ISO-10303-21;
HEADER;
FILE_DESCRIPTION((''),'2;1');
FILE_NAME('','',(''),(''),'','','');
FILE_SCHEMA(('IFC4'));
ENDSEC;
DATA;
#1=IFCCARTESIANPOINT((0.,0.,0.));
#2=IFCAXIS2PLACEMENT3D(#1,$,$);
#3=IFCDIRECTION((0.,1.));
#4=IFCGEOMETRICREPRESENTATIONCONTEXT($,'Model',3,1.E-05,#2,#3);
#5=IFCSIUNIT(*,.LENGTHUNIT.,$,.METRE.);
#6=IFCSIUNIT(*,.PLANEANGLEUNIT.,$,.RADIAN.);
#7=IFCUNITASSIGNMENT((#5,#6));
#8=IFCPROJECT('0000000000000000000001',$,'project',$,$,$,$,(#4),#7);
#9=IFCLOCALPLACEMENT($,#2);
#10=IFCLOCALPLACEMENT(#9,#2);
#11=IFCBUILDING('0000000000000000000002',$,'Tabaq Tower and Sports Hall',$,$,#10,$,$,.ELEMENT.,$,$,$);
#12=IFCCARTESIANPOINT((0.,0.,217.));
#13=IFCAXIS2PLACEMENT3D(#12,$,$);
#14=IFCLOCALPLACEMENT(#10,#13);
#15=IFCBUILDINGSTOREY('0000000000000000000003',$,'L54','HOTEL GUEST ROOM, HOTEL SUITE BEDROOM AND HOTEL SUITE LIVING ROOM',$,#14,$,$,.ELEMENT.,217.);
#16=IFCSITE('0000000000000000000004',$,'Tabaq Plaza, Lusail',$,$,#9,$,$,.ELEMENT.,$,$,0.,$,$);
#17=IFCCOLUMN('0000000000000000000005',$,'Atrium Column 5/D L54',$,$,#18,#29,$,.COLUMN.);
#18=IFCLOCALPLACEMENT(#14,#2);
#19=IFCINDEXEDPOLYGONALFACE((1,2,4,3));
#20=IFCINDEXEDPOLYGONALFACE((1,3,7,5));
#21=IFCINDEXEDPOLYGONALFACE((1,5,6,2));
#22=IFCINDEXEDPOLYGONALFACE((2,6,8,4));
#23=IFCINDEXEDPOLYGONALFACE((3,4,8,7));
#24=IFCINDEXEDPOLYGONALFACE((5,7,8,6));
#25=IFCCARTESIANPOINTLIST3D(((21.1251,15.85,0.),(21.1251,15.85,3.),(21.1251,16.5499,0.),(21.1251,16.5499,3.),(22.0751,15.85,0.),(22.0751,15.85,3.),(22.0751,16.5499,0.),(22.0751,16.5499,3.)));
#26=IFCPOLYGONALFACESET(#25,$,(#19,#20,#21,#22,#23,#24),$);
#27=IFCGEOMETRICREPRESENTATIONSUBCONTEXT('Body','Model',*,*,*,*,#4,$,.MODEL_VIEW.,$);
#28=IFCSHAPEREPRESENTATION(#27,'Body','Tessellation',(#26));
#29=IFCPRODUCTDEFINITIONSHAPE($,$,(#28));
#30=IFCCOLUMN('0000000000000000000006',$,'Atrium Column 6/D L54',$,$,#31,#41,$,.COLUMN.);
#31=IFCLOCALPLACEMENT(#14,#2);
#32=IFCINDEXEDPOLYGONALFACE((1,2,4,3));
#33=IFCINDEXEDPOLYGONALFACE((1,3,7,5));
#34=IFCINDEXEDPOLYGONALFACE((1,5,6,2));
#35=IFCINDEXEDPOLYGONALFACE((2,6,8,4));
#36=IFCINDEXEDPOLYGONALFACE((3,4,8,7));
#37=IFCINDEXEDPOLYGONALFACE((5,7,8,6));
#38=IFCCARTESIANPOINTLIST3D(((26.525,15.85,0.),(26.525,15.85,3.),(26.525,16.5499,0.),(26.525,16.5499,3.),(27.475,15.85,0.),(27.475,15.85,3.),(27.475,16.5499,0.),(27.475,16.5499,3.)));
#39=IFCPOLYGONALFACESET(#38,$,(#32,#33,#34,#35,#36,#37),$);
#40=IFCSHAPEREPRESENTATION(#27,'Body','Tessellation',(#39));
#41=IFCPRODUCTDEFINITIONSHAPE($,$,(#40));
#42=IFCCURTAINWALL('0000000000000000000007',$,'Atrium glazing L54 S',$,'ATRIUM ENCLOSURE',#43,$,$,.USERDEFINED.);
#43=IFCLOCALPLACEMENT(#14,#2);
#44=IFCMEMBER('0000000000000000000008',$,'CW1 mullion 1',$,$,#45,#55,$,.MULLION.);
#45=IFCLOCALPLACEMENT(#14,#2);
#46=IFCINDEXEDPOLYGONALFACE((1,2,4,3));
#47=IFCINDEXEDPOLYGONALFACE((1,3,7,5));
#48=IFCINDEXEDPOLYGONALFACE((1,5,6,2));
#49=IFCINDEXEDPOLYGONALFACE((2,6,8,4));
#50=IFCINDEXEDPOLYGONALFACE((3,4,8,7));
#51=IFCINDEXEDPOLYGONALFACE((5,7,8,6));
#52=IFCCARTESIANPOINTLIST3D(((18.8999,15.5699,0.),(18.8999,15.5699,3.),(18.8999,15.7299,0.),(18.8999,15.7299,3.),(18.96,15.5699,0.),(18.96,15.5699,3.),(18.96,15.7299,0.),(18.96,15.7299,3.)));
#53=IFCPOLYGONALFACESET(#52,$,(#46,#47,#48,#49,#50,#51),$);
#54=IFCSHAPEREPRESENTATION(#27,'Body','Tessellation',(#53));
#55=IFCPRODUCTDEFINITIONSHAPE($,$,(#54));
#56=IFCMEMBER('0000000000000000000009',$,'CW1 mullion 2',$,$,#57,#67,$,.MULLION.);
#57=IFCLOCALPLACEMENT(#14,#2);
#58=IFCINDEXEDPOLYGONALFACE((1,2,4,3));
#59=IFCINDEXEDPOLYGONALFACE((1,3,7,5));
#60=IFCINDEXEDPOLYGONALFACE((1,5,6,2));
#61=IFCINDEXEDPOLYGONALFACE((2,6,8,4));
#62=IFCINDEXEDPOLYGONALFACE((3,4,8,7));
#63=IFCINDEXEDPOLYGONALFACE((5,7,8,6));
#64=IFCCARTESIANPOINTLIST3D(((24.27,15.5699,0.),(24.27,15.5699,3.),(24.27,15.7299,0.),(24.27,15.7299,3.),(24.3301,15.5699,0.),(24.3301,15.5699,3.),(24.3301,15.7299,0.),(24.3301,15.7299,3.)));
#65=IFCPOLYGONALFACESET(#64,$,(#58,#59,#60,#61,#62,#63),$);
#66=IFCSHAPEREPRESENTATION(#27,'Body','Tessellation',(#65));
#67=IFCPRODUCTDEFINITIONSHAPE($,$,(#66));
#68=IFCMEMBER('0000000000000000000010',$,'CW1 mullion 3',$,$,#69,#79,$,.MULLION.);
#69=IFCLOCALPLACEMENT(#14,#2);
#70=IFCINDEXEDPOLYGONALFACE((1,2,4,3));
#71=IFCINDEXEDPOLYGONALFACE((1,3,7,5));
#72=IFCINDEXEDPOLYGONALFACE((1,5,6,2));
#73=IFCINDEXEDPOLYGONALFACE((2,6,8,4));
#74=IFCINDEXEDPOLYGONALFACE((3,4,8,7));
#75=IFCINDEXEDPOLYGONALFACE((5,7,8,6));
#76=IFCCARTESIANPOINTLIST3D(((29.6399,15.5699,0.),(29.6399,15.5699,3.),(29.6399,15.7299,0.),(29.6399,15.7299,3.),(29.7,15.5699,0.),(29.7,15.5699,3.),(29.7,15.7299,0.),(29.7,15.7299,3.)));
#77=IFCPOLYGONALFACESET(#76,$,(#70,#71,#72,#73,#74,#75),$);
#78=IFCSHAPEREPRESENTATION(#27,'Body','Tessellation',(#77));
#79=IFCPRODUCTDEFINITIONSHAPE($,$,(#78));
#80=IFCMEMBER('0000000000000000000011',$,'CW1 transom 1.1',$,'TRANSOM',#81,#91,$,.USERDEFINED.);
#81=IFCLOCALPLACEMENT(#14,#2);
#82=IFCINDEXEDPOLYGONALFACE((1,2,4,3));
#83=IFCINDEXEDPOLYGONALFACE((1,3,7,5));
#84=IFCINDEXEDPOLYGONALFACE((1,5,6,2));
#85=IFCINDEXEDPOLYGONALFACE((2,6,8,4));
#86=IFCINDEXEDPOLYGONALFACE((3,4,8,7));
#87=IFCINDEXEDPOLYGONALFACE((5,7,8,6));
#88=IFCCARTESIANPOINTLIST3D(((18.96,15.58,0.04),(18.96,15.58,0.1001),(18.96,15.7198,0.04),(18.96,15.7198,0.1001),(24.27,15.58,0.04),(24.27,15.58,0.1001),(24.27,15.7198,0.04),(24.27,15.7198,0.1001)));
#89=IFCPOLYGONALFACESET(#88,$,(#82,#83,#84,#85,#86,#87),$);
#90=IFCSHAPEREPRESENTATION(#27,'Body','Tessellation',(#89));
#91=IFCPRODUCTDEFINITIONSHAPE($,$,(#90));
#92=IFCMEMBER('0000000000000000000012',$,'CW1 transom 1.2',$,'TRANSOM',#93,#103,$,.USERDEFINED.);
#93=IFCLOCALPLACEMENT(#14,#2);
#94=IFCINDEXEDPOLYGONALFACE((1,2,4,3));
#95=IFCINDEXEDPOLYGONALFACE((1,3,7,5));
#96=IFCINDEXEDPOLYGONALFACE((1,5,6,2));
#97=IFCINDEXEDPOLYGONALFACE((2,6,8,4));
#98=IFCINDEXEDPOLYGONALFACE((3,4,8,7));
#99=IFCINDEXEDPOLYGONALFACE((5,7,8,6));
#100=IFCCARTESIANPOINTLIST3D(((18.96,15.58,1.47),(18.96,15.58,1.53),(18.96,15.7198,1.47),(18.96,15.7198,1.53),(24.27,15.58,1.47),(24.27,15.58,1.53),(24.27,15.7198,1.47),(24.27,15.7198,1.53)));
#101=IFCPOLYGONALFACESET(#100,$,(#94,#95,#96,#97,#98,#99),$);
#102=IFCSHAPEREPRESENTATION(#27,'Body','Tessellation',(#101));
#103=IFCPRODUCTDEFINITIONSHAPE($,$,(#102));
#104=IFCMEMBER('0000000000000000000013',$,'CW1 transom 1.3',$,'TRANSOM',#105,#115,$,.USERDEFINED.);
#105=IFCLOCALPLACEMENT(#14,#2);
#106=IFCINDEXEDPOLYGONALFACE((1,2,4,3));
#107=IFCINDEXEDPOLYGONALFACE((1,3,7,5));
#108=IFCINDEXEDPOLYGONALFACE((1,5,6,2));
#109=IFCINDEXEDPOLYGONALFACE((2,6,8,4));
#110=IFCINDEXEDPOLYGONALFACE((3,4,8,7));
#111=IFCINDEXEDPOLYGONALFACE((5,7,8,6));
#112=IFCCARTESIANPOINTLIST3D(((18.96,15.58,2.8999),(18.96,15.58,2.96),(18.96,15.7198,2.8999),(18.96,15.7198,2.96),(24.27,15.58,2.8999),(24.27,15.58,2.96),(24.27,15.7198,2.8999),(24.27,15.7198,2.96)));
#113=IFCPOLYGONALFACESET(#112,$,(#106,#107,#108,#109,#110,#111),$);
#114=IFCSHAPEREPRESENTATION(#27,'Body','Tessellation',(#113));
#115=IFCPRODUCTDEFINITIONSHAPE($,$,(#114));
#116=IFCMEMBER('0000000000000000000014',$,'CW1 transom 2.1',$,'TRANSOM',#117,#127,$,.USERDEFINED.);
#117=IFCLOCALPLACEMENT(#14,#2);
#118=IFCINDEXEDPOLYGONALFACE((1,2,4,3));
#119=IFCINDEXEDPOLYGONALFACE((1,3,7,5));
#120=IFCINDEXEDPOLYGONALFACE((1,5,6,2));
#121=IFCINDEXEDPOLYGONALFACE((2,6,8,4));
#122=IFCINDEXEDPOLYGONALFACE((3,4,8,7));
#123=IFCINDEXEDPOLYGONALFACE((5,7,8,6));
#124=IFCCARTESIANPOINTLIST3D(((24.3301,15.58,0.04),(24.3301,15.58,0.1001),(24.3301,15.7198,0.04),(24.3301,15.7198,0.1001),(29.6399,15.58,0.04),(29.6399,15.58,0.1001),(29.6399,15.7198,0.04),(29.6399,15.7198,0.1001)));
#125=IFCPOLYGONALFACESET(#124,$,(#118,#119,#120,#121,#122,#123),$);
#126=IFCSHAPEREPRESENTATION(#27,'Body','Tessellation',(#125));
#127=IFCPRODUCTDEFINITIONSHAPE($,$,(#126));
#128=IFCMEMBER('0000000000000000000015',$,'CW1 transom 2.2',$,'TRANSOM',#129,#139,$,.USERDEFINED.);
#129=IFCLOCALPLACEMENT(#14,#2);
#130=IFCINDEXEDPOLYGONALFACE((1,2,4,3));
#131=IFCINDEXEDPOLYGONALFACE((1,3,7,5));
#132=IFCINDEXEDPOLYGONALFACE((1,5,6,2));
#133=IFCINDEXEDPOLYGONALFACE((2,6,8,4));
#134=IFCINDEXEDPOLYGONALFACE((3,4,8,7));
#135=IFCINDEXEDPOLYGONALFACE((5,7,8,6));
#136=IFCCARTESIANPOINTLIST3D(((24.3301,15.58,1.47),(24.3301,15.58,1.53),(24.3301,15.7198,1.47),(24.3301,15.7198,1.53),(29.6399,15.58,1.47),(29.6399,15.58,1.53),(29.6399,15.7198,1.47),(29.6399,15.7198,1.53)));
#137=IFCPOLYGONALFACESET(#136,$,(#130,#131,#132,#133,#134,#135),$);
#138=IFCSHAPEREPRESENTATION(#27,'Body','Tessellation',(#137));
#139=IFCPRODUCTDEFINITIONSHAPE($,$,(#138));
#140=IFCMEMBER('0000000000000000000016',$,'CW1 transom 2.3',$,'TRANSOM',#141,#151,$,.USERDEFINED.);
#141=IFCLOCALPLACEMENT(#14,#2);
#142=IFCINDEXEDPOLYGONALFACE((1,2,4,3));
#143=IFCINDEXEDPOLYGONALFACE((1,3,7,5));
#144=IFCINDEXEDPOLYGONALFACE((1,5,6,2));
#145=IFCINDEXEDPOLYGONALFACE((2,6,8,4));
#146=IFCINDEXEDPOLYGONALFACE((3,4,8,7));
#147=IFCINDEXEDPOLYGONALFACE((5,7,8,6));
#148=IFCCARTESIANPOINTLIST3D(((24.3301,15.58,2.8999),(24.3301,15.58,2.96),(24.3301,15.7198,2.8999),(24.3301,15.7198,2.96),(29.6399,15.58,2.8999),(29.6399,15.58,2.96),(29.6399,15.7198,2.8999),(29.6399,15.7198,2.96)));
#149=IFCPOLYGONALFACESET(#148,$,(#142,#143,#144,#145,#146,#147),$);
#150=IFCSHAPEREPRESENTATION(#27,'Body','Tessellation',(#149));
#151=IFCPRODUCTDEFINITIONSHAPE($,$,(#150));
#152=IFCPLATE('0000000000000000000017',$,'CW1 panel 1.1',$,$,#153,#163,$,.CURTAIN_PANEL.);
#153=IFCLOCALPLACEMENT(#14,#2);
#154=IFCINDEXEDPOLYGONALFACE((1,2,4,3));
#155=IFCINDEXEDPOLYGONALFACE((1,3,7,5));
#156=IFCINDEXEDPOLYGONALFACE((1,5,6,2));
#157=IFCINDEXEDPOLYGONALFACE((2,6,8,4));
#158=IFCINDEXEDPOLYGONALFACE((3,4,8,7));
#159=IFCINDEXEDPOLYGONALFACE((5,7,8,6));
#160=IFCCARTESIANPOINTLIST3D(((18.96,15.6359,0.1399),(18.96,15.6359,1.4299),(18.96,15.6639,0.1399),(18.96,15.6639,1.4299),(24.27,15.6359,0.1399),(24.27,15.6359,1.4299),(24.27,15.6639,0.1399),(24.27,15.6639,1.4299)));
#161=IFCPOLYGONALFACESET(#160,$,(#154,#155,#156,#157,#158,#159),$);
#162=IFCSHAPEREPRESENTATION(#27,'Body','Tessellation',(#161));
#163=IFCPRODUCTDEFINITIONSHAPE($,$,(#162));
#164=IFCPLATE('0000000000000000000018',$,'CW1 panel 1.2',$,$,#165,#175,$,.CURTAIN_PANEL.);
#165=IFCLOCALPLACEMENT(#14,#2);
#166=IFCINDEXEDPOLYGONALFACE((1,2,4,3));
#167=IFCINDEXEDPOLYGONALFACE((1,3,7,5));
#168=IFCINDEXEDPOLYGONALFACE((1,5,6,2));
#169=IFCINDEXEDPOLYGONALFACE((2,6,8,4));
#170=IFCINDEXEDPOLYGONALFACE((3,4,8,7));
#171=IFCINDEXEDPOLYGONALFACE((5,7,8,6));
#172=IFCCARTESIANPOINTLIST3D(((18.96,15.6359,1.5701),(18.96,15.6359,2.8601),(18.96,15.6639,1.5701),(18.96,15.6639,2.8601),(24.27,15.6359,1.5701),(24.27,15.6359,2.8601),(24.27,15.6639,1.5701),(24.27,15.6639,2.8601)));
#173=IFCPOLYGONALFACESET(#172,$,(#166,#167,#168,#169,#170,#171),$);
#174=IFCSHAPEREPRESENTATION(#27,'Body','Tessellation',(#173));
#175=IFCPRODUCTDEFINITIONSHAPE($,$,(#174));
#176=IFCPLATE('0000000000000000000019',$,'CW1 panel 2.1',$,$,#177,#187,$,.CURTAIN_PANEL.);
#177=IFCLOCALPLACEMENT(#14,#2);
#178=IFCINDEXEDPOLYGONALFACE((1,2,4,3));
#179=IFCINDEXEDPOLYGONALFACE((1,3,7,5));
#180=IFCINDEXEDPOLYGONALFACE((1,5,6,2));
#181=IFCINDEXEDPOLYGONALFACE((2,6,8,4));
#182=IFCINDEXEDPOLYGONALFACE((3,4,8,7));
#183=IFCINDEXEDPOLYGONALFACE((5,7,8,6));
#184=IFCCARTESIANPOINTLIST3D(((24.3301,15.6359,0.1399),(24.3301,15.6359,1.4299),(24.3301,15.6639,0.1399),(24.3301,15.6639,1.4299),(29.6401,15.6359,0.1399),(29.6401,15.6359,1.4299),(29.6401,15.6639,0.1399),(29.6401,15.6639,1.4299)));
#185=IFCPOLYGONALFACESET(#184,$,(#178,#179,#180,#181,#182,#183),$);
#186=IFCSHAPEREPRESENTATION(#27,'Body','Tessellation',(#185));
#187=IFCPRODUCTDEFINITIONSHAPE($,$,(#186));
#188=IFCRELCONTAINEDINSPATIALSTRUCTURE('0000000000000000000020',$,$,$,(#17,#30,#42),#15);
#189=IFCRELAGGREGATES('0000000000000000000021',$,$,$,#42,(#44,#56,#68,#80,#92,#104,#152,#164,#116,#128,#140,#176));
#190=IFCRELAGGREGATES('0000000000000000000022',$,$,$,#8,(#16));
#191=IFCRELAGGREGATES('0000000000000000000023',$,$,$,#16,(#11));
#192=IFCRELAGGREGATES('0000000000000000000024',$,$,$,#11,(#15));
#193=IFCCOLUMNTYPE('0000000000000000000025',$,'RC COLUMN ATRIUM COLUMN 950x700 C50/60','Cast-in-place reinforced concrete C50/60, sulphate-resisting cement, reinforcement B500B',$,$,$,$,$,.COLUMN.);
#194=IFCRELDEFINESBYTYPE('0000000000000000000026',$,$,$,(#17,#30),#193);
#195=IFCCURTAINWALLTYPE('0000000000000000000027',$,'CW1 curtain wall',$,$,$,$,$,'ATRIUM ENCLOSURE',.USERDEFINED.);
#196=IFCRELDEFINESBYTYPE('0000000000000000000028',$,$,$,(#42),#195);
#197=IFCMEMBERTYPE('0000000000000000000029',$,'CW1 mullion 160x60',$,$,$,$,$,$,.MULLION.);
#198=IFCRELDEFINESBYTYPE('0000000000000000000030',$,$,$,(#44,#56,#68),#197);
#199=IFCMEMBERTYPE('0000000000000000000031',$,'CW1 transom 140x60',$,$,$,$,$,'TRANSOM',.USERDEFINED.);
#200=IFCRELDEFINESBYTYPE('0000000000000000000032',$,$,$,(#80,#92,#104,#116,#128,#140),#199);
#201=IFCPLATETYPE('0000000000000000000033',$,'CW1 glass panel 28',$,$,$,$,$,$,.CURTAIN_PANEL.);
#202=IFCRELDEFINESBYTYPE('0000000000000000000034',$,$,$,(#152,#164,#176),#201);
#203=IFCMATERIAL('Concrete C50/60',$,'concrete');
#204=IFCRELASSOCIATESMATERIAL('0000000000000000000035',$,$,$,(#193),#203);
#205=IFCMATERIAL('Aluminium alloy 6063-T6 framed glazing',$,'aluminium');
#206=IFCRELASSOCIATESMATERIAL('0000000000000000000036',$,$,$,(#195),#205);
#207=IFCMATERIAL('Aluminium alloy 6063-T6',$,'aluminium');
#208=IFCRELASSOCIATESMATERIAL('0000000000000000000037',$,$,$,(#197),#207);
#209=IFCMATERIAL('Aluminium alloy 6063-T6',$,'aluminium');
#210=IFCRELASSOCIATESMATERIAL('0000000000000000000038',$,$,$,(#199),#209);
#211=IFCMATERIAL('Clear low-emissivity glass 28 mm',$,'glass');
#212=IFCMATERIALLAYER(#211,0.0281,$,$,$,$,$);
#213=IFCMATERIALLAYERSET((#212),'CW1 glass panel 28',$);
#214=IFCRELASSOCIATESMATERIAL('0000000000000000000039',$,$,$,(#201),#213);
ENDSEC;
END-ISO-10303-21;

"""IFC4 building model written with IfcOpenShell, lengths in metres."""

from ifc_helpers import new_model, si_unit, direction, frame, origin, origin_2d, place, context, subcontext, project, spatial, rectangle, extrude, material, layer, layer_set, material_profile, profile_set, type_object, element, aggregate, save


model = new_model("IFC4")

# Units and contexts
model_context = context("Model", 3, precision=1e-05, world=origin(), true_north=direction((0.0, 1.0)))
body_context = subcontext(model_context, "Body", "Model", "MODEL_VIEW")
ifc_project = project(units=[si_unit("LENGTHUNIT", "METRE"), si_unit("PLANEANGLEUNIT", "RADIAN")], contexts=[model_context])

# Site, building, storey
site_placement = place(None, origin())
site = spatial("IfcSite", under=ifc_project, at=site_placement, Name="Tabaq Plaza, Lusail", CompositionType="ELEMENT", RefElevation=0.0)
building_placement = place(site_placement, origin())
building = spatial("IfcBuilding", under=site, at=building_placement, Name="Tabaq Tower and Sports Hall", CompositionType="ELEMENT")
storey_placement = place(building_placement, frame((0.0, 0.0, 217.0)))
storey = spatial("IfcBuildingStorey", under=building, at=storey_placement, Name="L54", Description="HOTEL GUEST ROOM, HOTEL SUITE BEDROOM AND HOTEL SUITE LIVING ROOM", CompositionType="ELEMENT", Elevation=217.0)

# Columns
ifc_material_1 = material(Name="Concrete C50/60", Category="concrete")
ifc_material_profile_1 = material_profile(ifc_material_1, rectangle(XDim=0.95, YDim=0.7, at=origin_2d()), Name="ATRIUM COLUMN 950x700")
ifc_profile_set_1 = profile_set([ifc_material_profile_1], Name="Concrete C50/60")
column_type = type_object("IfcColumnType", Name="RC COLUMN ATRIUM COLUMN 950x700 C50/60", Description="Cast-in-place reinforced concrete C50/60, sulphate-resisting cement, reinforcement B500B", PredefinedType="COLUMN", material=ifc_profile_set_1)
for number, where, z_axis, x_axis, name in (
    (1, (21.6001, 16.2, 0.0), (0.0, 0.0, 1.0), (1.0, 0.0, 0.0), "Atrium Column 5/D L54"),
    (2, (27.0, 16.2, 0.0), (0.0, 0.0, 1.0), (1.0, 0.0, 0.0), "Atrium Column 6/D L54"),
):
    element("IfcColumn", number, at=place(storey_placement, frame(where, z_axis=z_axis, x_axis=x_axis)), inside=storey, type_object=column_type, Name=name, PredefinedType="COLUMN", context=body_context, shape_type="SweptSolid", body=[
        extrude(rectangle(XDim=0.95, YDim=0.7, at=origin_2d()), origin(), (0.0, 0.0, 1.0), 3.0),
    ])

# Curtain wall, members, plates
ifc_material_2 = material(Name="Aluminium alloy 6063-T6 framed glazing", Category="aluminium")
curtain_wall_type = type_object("IfcCurtainWallType", Name="CW1 curtain wall", ElementType="ATRIUM ENCLOSURE", PredefinedType="USERDEFINED", material=ifc_material_2)
curtain_wall_placement = place(storey_placement, origin())
curtain_wall = element("IfcCurtainWall", 3, at=curtain_wall_placement, inside=storey, type_object=curtain_wall_type, Name="Atrium glazing L54 S", ObjectType="ATRIUM ENCLOSURE", PredefinedType="USERDEFINED")
ifc_material_3 = material(Name="Aluminium alloy 6063-T6", Category="aluminium")
ifc_material_profile_2 = material_profile(ifc_material_3, rectangle(XDim=0.1599, YDim=0.0601, at=origin_2d()), Name="MULLION 160x60")
ifc_profile_set_2 = profile_set([ifc_material_profile_2], Name="Aluminium alloy 6063-T6")
member_type_1 = type_object("IfcMemberType", Name="CW1 mullion 160x60", PredefinedType="MULLION", material=ifc_profile_set_2)
member_1_placement = place(storey_placement, frame((18.9299, 15.6499, 0.0), z_axis=(0.0, 0.0, 1.0), x_axis=(0.0, 1.0, 0.0)))
member_1 = element("IfcMember", 4, at=member_1_placement, type_object=member_type_1, Name="CW1 mullion 1", PredefinedType="MULLION", context=body_context, shape_type="SweptSolid", body=[
    extrude(rectangle(XDim=0.1599, YDim=0.0601, at=origin_2d()), origin(), (0.0, 0.0, 1.0), 3.0),
])
member_2_placement = place(storey_placement, frame((24.3, 15.6499, 0.0), z_axis=(0.0, 0.0, 1.0), x_axis=(0.0, 1.0, 0.0)))
member_2 = element("IfcMember", 5, at=member_2_placement, type_object=member_type_1, Name="CW1 mullion 2", PredefinedType="MULLION", context=body_context, shape_type="SweptSolid", body=[
    extrude(rectangle(XDim=0.1599, YDim=0.0601, at=origin_2d()), origin(), (0.0, 0.0, 1.0), 3.0),
])
member_3_placement = place(storey_placement, frame((29.6699, 15.6499, 0.0), z_axis=(0.0, 0.0, 1.0), x_axis=(0.0, 1.0, 0.0)))
member_3 = element("IfcMember", 6, at=member_3_placement, type_object=member_type_1, Name="CW1 mullion 3", PredefinedType="MULLION", context=body_context, shape_type="SweptSolid", body=[
    extrude(rectangle(XDim=0.1599, YDim=0.0601, at=origin_2d()), origin(), (0.0, 0.0, 1.0), 3.0),
])
ifc_material_4 = material(Name="Aluminium alloy 6063-T6", Category="aluminium")
ifc_material_profile_3 = material_profile(ifc_material_4, rectangle(XDim=0.1399, YDim=0.0601, at=origin_2d()), Name="TRANSOM 140x60")
ifc_profile_set_3 = profile_set([ifc_material_profile_3], Name="Aluminium alloy 6063-T6")
member_type_2 = type_object("IfcMemberType", Name="CW1 transom 140x60", ElementType="TRANSOM", PredefinedType="USERDEFINED", material=ifc_profile_set_3)
member_4_placement = place(storey_placement, frame((18.96, 15.6499, 0.0701), z_axis=(1.0, 0.0, 0.0), x_axis=(0.0, 1.0, 0.0)))
member_4 = element("IfcMember", 7, at=member_4_placement, type_object=member_type_2, Name="CW1 transom 1.1", ObjectType="TRANSOM", PredefinedType="USERDEFINED", context=body_context, shape_type="SweptSolid", body=[
    extrude(rectangle(XDim=0.1399, YDim=0.0601, at=origin_2d()), origin(), (0.0, 0.0, 1.0), 5.3101),
])
member_5_placement = place(storey_placement, frame((18.96, 15.6499, 1.5), z_axis=(1.0, 0.0, 0.0), x_axis=(0.0, 1.0, 0.0)))
member_5 = element("IfcMember", 8, at=member_5_placement, type_object=member_type_2, Name="CW1 transom 1.2", ObjectType="TRANSOM", PredefinedType="USERDEFINED", context=body_context, shape_type="SweptSolid", body=[
    extrude(rectangle(XDim=0.1399, YDim=0.0601, at=origin_2d()), origin(), (0.0, 0.0, 1.0), 5.3101),
])
member_6_placement = place(storey_placement, frame((18.96, 15.6499, 2.9299), z_axis=(1.0, 0.0, 0.0), x_axis=(0.0, 1.0, 0.0)))
member_6 = element("IfcMember", 9, at=member_6_placement, type_object=member_type_2, Name="CW1 transom 1.3", ObjectType="TRANSOM", PredefinedType="USERDEFINED", context=body_context, shape_type="SweptSolid", body=[
    extrude(rectangle(XDim=0.1399, YDim=0.0601, at=origin_2d()), origin(), (0.0, 0.0, 1.0), 5.3101),
])
member_7_placement = place(storey_placement, frame((24.3301, 15.6499, 0.0701), z_axis=(1.0, 0.0, 0.0), x_axis=(0.0, 1.0, 0.0)))
member_7 = element("IfcMember", 10, at=member_7_placement, type_object=member_type_2, Name="CW1 transom 2.1", ObjectType="TRANSOM", PredefinedType="USERDEFINED", context=body_context, shape_type="SweptSolid", body=[
    extrude(rectangle(XDim=0.1399, YDim=0.0601, at=origin_2d()), origin(), (0.0, 0.0, 1.0), 5.3098),
])
member_8_placement = place(storey_placement, frame((24.3301, 15.6499, 1.5), z_axis=(1.0, 0.0, 0.0), x_axis=(0.0, 1.0, 0.0)))
member_8 = element("IfcMember", 11, at=member_8_placement, type_object=member_type_2, Name="CW1 transom 2.2", ObjectType="TRANSOM", PredefinedType="USERDEFINED", context=body_context, shape_type="SweptSolid", body=[
    extrude(rectangle(XDim=0.1399, YDim=0.0601, at=origin_2d()), origin(), (0.0, 0.0, 1.0), 5.3098),
])
member_9_placement = place(storey_placement, frame((24.3301, 15.6499, 2.9299), z_axis=(1.0, 0.0, 0.0), x_axis=(0.0, 1.0, 0.0)))
member_9 = element("IfcMember", 12, at=member_9_placement, type_object=member_type_2, Name="CW1 transom 2.3", ObjectType="TRANSOM", PredefinedType="USERDEFINED", context=body_context, shape_type="SweptSolid", body=[
    extrude(rectangle(XDim=0.1399, YDim=0.0601, at=origin_2d()), origin(), (0.0, 0.0, 1.0), 5.3098),
])
ifc_material_5 = material(Name="Clear low-emissivity glass 28 mm", Category="glass")
ifc_layer_1 = layer(ifc_material_5, 0.0281)
ifc_layer_set_1 = layer_set([ifc_layer_1], Name="CW1 glass panel 28")
plate_type = type_object("IfcPlateType", Name="CW1 glass panel 28", PredefinedType="CURTAIN_PANEL", material=ifc_layer_set_1)
plate_1_placement = place(storey_placement, frame((21.615, 15.6499, 0.1399), z_axis=(0.0, 0.0, 1.0), x_axis=(1.0, 0.0, 0.0)))
plate_1 = element("IfcPlate", 13, at=plate_1_placement, type_object=plate_type, Name="CW1 panel 1.1", PredefinedType="CURTAIN_PANEL", context=body_context, shape_type="SweptSolid", body=[
    extrude(rectangle(XDim=5.3101, YDim=0.0281, at=origin_2d()), origin(), (0.0, 0.0, 1.0), 1.29),
])
plate_2_placement = place(storey_placement, frame((21.615, 15.6499, 1.5701), z_axis=(0.0, 0.0, 1.0), x_axis=(1.0, 0.0, 0.0)))
plate_2 = element("IfcPlate", 14, at=plate_2_placement, type_object=plate_type, Name="CW1 panel 1.2", PredefinedType="CURTAIN_PANEL", context=body_context, shape_type="SweptSolid", body=[
    extrude(rectangle(XDim=5.3101, YDim=0.0281, at=origin_2d()), origin(), (0.0, 0.0, 1.0), 1.29),
])
plate_3_placement = place(storey_placement, frame((26.9851, 15.6499, 0.1399), z_axis=(0.0, 0.0, 1.0), x_axis=(1.0, 0.0, 0.0)))
plate_3 = element("IfcPlate", 15, at=plate_3_placement, type_object=plate_type, Name="CW1 panel 2.1", PredefinedType="CURTAIN_PANEL", context=body_context, shape_type="SweptSolid", body=[
    extrude(rectangle(XDim=5.3101, YDim=0.0281, at=origin_2d()), origin(), (0.0, 0.0, 1.0), 1.29),
])
aggregate(curtain_wall, [member_1, member_2, member_3, member_4, member_5, member_6, plate_1, plate_2, member_7, member_8, member_9, plate_3])

save(model, "model.ifc")
